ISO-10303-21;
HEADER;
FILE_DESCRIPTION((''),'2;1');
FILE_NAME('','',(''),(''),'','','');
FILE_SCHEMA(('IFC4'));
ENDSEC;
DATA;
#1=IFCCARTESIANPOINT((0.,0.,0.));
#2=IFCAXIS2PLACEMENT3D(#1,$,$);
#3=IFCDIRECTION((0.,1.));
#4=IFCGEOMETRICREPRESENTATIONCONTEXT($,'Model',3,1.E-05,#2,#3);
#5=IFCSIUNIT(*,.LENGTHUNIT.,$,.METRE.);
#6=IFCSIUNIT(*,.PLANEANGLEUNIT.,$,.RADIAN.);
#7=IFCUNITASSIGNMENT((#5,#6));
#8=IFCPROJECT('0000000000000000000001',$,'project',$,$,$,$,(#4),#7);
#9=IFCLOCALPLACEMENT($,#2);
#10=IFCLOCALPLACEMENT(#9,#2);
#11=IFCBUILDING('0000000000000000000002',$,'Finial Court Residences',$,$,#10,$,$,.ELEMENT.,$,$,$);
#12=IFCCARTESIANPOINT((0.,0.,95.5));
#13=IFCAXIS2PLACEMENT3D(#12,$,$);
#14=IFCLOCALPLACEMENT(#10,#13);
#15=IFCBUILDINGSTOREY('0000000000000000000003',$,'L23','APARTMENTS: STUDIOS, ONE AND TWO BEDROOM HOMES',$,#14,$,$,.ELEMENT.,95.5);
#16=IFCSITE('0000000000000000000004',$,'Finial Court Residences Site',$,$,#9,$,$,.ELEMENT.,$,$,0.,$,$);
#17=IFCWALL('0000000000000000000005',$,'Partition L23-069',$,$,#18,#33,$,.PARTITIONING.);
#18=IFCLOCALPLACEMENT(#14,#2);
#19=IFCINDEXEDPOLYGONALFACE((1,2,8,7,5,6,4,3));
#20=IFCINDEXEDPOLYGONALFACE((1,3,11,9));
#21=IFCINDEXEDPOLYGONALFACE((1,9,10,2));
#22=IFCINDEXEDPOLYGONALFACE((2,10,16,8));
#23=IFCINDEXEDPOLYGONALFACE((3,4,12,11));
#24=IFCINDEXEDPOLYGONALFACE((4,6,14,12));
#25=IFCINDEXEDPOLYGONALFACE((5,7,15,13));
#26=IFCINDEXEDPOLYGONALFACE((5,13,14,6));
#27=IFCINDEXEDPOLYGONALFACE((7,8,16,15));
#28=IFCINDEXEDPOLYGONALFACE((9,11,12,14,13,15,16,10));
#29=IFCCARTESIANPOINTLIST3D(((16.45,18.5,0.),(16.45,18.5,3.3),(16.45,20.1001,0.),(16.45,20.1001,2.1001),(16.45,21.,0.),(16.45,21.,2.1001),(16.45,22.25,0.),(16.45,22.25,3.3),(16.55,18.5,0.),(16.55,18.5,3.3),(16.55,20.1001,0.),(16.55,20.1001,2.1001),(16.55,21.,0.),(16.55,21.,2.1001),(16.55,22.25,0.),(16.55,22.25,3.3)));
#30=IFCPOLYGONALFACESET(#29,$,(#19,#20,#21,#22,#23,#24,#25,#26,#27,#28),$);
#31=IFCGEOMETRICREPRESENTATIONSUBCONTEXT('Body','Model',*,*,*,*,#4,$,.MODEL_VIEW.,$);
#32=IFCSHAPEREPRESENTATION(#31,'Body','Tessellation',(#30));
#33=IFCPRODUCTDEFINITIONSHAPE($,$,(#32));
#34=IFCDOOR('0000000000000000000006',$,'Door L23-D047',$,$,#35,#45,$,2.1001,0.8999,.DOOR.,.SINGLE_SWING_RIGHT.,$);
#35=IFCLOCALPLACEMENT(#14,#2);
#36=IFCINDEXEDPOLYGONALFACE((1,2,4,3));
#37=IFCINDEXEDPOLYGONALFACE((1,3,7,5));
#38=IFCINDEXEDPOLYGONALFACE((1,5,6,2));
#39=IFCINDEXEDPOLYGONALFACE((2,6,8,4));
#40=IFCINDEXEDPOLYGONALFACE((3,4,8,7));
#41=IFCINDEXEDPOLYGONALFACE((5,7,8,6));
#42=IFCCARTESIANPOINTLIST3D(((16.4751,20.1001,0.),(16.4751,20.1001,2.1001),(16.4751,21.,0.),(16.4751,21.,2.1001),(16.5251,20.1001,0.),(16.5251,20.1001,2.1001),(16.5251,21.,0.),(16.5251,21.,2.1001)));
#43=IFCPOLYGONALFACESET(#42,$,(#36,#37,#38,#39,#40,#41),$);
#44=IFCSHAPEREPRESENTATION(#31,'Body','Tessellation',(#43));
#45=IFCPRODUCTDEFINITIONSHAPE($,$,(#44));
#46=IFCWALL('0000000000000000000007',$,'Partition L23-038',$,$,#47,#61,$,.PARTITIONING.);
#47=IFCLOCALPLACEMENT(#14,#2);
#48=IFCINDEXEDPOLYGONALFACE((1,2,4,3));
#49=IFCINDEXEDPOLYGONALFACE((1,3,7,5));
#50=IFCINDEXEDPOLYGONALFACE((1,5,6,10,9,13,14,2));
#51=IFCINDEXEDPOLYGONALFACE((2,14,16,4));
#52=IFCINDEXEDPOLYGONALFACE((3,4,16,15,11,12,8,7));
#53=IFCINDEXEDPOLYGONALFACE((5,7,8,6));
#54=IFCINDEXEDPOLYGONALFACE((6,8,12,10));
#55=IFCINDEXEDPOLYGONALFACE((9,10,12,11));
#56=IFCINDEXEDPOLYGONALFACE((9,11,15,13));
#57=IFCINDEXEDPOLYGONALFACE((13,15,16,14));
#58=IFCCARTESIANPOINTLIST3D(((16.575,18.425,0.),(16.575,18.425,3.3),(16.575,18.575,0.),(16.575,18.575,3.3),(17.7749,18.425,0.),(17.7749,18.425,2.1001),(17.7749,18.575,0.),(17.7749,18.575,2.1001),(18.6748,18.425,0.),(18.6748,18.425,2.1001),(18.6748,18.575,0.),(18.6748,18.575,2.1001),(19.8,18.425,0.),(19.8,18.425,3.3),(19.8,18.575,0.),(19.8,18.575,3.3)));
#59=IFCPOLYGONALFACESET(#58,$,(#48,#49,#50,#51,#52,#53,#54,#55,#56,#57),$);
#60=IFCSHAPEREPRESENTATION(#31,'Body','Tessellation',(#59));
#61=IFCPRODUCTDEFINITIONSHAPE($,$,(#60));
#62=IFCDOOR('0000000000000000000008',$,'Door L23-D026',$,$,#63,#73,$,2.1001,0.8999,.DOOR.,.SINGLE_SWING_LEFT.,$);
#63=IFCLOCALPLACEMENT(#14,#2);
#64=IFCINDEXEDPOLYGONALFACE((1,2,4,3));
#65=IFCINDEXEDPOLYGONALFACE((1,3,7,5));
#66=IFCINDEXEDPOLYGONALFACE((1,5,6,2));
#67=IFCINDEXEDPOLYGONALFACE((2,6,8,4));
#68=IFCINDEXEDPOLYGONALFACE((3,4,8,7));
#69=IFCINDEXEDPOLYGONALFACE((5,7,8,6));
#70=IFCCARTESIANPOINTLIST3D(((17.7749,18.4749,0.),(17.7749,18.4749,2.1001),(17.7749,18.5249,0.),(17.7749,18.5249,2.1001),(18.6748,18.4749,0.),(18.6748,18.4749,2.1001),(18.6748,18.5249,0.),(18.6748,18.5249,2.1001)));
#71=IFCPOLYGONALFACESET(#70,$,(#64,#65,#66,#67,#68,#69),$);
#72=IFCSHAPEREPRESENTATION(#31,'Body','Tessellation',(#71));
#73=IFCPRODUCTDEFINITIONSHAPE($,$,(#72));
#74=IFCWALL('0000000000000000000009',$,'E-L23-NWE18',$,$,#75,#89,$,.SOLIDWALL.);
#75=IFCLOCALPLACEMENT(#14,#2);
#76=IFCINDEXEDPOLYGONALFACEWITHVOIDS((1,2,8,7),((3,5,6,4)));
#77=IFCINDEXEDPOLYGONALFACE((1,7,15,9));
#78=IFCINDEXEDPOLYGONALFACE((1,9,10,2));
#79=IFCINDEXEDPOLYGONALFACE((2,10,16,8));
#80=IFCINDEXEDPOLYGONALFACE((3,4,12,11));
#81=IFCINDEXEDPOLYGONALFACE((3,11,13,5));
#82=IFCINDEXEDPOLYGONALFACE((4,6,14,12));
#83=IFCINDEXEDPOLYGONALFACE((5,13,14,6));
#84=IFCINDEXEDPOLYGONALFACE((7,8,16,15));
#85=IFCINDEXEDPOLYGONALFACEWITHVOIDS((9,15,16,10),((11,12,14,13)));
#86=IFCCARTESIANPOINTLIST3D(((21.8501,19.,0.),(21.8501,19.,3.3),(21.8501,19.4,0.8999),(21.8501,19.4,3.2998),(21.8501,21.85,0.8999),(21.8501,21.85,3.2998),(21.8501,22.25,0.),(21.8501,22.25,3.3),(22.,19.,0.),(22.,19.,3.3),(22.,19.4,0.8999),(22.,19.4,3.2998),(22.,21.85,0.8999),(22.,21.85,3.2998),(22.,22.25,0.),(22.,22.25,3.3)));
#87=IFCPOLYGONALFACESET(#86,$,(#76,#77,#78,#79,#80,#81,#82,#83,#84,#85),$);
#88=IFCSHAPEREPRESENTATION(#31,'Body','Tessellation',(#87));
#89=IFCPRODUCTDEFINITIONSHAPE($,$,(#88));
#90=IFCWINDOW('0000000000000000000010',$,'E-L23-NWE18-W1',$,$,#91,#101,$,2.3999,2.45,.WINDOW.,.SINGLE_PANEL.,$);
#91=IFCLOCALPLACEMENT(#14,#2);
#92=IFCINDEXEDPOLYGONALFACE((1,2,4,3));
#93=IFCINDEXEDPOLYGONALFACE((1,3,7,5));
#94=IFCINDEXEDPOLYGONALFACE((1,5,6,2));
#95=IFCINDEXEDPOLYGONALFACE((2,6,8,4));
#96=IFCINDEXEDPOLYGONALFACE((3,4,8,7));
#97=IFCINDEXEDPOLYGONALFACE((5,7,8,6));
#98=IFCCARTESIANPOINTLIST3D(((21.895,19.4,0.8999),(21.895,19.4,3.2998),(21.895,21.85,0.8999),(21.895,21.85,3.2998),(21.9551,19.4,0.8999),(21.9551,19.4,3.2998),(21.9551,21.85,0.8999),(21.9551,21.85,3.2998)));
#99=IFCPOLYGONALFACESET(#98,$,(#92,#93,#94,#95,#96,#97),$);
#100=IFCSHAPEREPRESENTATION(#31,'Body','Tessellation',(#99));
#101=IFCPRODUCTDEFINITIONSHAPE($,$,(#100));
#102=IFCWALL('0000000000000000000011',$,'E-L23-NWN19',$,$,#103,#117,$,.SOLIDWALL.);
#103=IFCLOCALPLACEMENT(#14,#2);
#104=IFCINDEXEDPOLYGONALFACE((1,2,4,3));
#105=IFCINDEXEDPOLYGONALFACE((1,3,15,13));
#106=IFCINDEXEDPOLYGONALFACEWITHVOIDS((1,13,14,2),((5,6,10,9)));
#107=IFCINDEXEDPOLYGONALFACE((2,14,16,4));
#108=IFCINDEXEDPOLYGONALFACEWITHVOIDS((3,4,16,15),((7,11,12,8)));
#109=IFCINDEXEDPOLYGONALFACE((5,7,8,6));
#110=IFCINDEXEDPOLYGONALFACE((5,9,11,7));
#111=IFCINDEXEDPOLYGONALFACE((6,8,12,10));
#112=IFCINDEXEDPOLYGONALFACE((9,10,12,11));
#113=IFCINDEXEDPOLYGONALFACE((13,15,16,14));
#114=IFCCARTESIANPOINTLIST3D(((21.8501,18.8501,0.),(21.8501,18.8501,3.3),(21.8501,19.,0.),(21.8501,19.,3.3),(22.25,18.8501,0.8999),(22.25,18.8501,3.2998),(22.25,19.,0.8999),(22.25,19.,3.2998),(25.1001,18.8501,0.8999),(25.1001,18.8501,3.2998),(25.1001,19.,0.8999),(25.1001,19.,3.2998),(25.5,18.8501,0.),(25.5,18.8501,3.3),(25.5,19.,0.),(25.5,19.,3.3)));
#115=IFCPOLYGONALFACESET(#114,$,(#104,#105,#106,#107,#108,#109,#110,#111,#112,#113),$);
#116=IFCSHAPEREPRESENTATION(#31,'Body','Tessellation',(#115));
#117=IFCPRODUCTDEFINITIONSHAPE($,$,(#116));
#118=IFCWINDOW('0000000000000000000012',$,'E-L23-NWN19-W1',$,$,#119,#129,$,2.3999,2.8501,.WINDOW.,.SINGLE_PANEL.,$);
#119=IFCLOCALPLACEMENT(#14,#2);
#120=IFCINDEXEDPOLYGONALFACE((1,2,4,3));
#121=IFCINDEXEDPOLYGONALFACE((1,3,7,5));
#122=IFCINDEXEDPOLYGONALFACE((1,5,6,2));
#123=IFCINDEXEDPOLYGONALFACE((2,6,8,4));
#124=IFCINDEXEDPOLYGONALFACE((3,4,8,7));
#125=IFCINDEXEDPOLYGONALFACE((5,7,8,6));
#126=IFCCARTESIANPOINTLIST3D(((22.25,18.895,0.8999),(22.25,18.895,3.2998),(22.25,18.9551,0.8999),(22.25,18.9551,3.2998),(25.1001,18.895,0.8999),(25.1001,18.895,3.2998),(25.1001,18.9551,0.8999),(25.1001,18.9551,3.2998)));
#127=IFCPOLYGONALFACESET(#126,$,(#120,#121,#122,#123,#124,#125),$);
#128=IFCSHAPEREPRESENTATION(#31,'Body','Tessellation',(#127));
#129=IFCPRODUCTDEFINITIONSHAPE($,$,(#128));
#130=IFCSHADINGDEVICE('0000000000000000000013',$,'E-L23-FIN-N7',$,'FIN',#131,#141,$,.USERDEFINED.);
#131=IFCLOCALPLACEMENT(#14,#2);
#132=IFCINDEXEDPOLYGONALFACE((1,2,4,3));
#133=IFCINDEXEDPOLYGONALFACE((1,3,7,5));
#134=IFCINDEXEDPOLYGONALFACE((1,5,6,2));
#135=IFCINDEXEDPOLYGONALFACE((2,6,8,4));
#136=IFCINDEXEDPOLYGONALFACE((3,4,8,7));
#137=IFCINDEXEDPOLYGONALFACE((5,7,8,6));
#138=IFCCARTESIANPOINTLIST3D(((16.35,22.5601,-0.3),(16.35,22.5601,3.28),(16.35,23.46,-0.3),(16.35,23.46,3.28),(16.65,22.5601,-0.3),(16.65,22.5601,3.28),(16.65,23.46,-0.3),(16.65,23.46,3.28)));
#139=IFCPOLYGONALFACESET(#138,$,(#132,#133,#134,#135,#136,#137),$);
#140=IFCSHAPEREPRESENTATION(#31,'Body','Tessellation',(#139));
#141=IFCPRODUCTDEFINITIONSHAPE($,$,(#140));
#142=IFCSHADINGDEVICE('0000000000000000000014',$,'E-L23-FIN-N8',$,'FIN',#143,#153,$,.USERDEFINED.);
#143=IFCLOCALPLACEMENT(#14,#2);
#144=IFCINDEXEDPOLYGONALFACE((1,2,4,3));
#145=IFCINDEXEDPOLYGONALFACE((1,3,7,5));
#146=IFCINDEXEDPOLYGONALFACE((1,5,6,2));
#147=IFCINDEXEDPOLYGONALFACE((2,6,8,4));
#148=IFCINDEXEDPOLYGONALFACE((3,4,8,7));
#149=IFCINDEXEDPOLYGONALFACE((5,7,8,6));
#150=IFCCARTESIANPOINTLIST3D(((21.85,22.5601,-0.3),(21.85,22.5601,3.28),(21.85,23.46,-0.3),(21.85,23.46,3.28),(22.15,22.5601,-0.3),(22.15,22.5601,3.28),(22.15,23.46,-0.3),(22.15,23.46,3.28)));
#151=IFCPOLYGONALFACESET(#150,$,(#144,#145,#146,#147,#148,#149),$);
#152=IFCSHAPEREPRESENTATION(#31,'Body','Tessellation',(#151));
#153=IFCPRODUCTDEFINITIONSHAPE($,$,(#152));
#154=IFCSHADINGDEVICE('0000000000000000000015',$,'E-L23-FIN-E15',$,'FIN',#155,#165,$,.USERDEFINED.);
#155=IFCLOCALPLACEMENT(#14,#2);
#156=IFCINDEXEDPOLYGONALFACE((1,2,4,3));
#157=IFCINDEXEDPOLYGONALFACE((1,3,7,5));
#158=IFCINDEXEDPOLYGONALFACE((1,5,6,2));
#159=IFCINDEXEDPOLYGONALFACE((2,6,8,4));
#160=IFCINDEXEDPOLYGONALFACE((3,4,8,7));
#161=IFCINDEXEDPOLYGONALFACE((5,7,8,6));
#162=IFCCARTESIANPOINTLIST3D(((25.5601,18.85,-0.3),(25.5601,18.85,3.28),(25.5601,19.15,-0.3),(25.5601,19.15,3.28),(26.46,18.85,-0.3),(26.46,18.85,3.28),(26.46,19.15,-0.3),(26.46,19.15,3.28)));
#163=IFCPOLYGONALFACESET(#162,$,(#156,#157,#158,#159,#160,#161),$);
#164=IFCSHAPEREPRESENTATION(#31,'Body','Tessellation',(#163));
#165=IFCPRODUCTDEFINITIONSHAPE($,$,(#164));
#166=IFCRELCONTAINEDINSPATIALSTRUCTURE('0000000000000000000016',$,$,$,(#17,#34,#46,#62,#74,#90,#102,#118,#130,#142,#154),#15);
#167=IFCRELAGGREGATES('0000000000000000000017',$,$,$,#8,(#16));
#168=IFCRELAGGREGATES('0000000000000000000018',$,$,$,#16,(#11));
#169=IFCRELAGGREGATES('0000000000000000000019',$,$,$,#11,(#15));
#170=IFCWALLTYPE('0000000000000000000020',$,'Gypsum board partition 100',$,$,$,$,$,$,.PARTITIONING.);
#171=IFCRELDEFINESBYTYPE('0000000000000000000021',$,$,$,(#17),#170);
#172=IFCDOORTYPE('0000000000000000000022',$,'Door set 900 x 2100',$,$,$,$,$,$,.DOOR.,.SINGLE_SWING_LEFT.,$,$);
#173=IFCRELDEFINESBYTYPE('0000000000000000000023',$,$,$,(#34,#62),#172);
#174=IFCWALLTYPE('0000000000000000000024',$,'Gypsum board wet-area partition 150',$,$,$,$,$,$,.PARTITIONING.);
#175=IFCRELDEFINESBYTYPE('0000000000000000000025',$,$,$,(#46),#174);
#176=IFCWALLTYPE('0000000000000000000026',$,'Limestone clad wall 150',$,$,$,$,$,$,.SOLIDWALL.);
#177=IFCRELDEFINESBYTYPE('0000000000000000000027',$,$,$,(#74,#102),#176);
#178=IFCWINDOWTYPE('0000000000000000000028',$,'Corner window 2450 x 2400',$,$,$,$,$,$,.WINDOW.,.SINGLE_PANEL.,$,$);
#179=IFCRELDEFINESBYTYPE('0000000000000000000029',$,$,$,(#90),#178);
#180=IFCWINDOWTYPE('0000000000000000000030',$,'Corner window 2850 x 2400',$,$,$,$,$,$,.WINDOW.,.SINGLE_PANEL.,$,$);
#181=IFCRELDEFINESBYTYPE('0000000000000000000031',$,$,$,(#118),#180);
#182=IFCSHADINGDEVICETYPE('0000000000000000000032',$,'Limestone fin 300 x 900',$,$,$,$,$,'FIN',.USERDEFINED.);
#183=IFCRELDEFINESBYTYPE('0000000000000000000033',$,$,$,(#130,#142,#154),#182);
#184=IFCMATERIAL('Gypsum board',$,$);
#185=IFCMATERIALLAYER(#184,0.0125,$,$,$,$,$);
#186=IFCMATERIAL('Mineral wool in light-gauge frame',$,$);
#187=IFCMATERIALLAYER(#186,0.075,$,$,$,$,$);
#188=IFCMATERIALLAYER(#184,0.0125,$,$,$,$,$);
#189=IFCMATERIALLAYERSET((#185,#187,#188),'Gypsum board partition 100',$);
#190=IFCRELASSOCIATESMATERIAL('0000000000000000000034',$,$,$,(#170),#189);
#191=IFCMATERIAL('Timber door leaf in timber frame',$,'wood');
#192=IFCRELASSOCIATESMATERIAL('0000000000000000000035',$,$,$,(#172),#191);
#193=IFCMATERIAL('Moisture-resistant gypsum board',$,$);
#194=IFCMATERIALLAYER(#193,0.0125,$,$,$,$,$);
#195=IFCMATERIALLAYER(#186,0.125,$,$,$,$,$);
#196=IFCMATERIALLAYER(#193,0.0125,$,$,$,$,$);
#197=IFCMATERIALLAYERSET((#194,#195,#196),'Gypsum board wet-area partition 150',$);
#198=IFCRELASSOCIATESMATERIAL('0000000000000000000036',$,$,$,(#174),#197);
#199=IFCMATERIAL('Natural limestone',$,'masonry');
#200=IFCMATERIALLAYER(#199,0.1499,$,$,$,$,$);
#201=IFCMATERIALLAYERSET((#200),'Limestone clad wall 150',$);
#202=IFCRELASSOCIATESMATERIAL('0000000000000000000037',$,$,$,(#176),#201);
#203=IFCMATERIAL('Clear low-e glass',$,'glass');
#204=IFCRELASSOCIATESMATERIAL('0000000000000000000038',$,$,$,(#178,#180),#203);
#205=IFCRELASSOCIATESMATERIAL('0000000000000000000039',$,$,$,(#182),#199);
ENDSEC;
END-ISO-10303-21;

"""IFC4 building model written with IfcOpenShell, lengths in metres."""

from ifc_helpers import new_model, si_unit, direction, frame, frame_2d, origin, origin_2d, place, context, subcontext, project, spatial, rectangle, extrude, material, layer, layer_set, type_object, element, fill, save


model = new_model("IFC4")

# Units and contexts
model_context = context("Model", 3, precision=1e-05, world=origin(), true_north=direction((0.0, 1.0)))
body_context = subcontext(model_context, "Body", "Model", "MODEL_VIEW")
ifc_project = project(units=[si_unit("LENGTHUNIT", "METRE"), si_unit("PLANEANGLEUNIT", "RADIAN")], contexts=[model_context])

# Site, building, storey
site_placement = place(None, origin())
site = spatial("IfcSite", under=ifc_project, at=site_placement, Name="Finial Court Residences Site", CompositionType="ELEMENT", RefElevation=0.0)
building_placement = place(site_placement, origin())
building = spatial("IfcBuilding", under=site, at=building_placement, Name="Finial Court Residences", CompositionType="ELEMENT")
storey_placement = place(building_placement, frame((0.0, 0.0, 95.5)))
storey = spatial("IfcBuildingStorey", under=building, at=storey_placement, Name="L23", Description="APARTMENTS: STUDIOS, ONE AND TWO BEDROOM HOMES", CompositionType="ELEMENT", Elevation=95.5)

# Shared definitions
ifc_material_1 = material(Name="Clear low-e glass", Category="glass")

# Walls, openings, doors
ifc_material_2 = material(Name="Gypsum board")
ifc_layer_1 = layer(ifc_material_2, 0.0125)
ifc_material_3 = material(Name="Mineral wool in light-gauge frame")
ifc_layer_2 = layer(ifc_material_3, 0.075)
ifc_layer_3 = layer(ifc_material_2, 0.0125)
ifc_layer_set_1 = layer_set([ifc_layer_1, ifc_layer_2, ifc_layer_3], Name="Gypsum board partition 100")
wall_type_1 = type_object("IfcWallType", Name="Gypsum board partition 100", PredefinedType="PARTITIONING", material=ifc_layer_set_1)
ifc_material_4 = material(Name="Timber door leaf in timber frame", Category="wood")
door_type = type_object("IfcDoorType", Name="Door set 900 x 2100", OperationType="SINGLE_SWING_LEFT", PredefinedType="DOOR", material=ifc_material_4)
wall_1_placement = place(storey_placement, frame((16.5, 18.5, 0.0), z_axis=(0.0, 0.0, 1.0), x_axis=(0.0, 1.0, 0.0)))
wall_1 = element("IfcWall", 1, at=wall_1_placement, inside=storey, type_object=wall_type_1, Name="Partition L23-069", PredefinedType="PARTITIONING", context=body_context, shape_type="SweptSolid", body=[
    extrude(rectangle(XDim=3.75, YDim=0.1001, at=frame_2d((1.875, 0.0))), origin(), (0.0, 0.0, 1.0), 3.3),
])
opening_1_placement = place(wall_1_placement, frame((1.6001, 0.0, 0.0)))
opening_1 = element("IfcOpeningElement", 2, at=opening_1_placement, cuts=wall_1, PredefinedType="OPENING", context=body_context, shape_type="SweptSolid", body=[
    extrude(rectangle(XDim=0.8999, YDim=2.1001, at=frame_2d((0.45, 1.05))), frame((0.0, 0.0601, 0.0), z_axis=(0.0, -1.0, 0.0), x_axis=(1.0, 0.0, 0.0)), (0.0, 0.0, 1.0), 0.1201),
])
door_1_placement = place(opening_1_placement, origin())
door_1 = element("IfcDoor", 3, at=door_1_placement, inside=storey, type_object=door_type, Name="Door L23-D047", OperationType="SINGLE_SWING_RIGHT", OverallHeight=2.1001, OverallWidth=0.8999, PredefinedType="DOOR", context=body_context, shape_type="SweptSolid", body=[
    extrude(rectangle(XDim=0.8999, YDim=2.1001, at=frame_2d((0.45, 1.05))), frame((0.0, 0.0249, 0.0), z_axis=(0.0, -1.0, 0.0), x_axis=(1.0, 0.0, 0.0)), (0.0, 0.0, 1.0), 0.05),
])
fill(opening_1, door_1)
ifc_material_5 = material(Name="Moisture-resistant gypsum board")
ifc_layer_4 = layer(ifc_material_5, 0.0125)
ifc_layer_5 = layer(ifc_material_3, 0.125)
ifc_layer_6 = layer(ifc_material_5, 0.0125)
ifc_layer_set_2 = layer_set([ifc_layer_4, ifc_layer_5, ifc_layer_6], Name="Gypsum board wet-area partition 150")
wall_type_2 = type_object("IfcWallType", Name="Gypsum board wet-area partition 150", PredefinedType="PARTITIONING", material=ifc_layer_set_2)
wall_2_placement = place(storey_placement, frame((16.575, 18.5, 0.0), z_axis=(0.0, 0.0, 1.0), x_axis=(1.0, 0.0, 0.0)))
wall_2 = element("IfcWall", 4, at=wall_2_placement, inside=storey, type_object=wall_type_2, Name="Partition L23-038", PredefinedType="PARTITIONING", context=body_context, shape_type="SweptSolid", body=[
    extrude(rectangle(XDim=3.2251, YDim=0.1499, at=frame_2d((1.6125, 0.0))), origin(), (0.0, 0.0, 1.0), 3.3),
])
opening_2_placement = place(wall_2_placement, frame((1.2, 0.0, 0.0)))
opening_2 = element("IfcOpeningElement", 5, at=opening_2_placement, cuts=wall_2, PredefinedType="OPENING", context=body_context, shape_type="SweptSolid", body=[
    extrude(rectangle(XDim=0.8999, YDim=2.1001, at=frame_2d((0.45, 1.05))), frame((0.0, 0.085, 0.0), z_axis=(0.0, -1.0, 0.0), x_axis=(1.0, 0.0, 0.0)), (0.0, 0.0, 1.0), 0.1699),
])
door_2_placement = place(opening_2_placement, origin())
door_2 = element("IfcDoor", 6, at=door_2_placement, inside=storey, type_object=door_type, Name="Door L23-D026", OperationType="SINGLE_SWING_LEFT", OverallHeight=2.1001, OverallWidth=0.8999, PredefinedType="DOOR", context=body_context, shape_type="SweptSolid", body=[
    extrude(rectangle(XDim=0.8999, YDim=2.1001, at=frame_2d((0.45, 1.05))), frame((0.0, 0.0249, 0.0), z_axis=(0.0, -1.0, 0.0), x_axis=(1.0, 0.0, 0.0)), (0.0, 0.0, 1.0), 0.05),
])
fill(opening_2, door_2)

# Walls, openings, windows
ifc_material_6 = material(Name="Natural limestone", Category="masonry")
ifc_layer_7 = layer(ifc_material_6, 0.1499)
ifc_layer_set_3 = layer_set([ifc_layer_7], Name="Limestone clad wall 150")
wall_type_3 = type_object("IfcWallType", Name="Limestone clad wall 150", PredefinedType="SOLIDWALL", material=ifc_layer_set_3)
wall_3_placement = place(storey_placement, frame((21.925, 22.25, 0.0), z_axis=(0.0, 0.0, 1.0), x_axis=(0.0, -1.0, 0.0)))
wall_3 = element("IfcWall", 7, at=wall_3_placement, inside=storey, type_object=wall_type_3, Name="E-L23-NWE18", PredefinedType="SOLIDWALL", context=body_context, shape_type="SweptSolid", body=[
    extrude(rectangle(XDim=3.25, YDim=0.1499, at=frame_2d((1.625, 0.0))), origin(), (0.0, 0.0, 1.0), 3.3),
])
opening_3_placement = place(wall_3_placement, frame((0.3999, 0.0, 0.8999)))
opening_3 = element("IfcOpeningElement", 8, at=opening_3_placement, cuts=wall_3, PredefinedType="OPENING", context=body_context, shape_type="SweptSolid", body=[
    extrude(rectangle(XDim=2.45, YDim=2.3999, at=frame_2d((1.2251, 1.2))), frame((0.0, 0.085, 0.0), z_axis=(0.0, -1.0, 0.0), x_axis=(1.0, 0.0, 0.0)), (0.0, 0.0, 1.0), 0.1699),
])
window_type_1 = type_object("IfcWindowType", Name="Corner window 2450 x 2400", PartitioningType="SINGLE_PANEL", PredefinedType="WINDOW", material=ifc_material_1)
window_1_placement = place(opening_3_placement, origin())
window_1 = element("IfcWindow", 9, at=window_1_placement, inside=storey, type_object=window_type_1, Name="E-L23-NWE18-W1", OverallHeight=2.3999, OverallWidth=2.45, PartitioningType="SINGLE_PANEL", PredefinedType="WINDOW", context=body_context, shape_type="SweptSolid", body=[
    extrude(rectangle(XDim=2.45, YDim=2.3999, at=frame_2d((1.2251, 1.2))), frame((0.0, 0.03, 0.0), z_axis=(0.0, -1.0, 0.0), x_axis=(1.0, 0.0, 0.0)), (0.0, 0.0, 1.0), 0.0601),
])
fill(opening_3, window_1)
wall_4_placement = place(storey_placement, frame((21.8501, 18.925, 0.0), z_axis=(0.0, 0.0, 1.0), x_axis=(1.0, 0.0, 0.0)))
wall_4 = element("IfcWall", 10, at=wall_4_placement, inside=storey, type_object=wall_type_3, Name="E-L23-NWN19", PredefinedType="SOLIDWALL", context=body_context, shape_type="SweptSolid", body=[
    extrude(rectangle(XDim=3.6499, YDim=0.1499, at=frame_2d((1.825, 0.0))), origin(), (0.0, 0.0, 1.0), 3.3),
])
opening_4_placement = place(wall_4_placement, frame((0.3999, 0.0, 0.8999)))
opening_4 = element("IfcOpeningElement", 11, at=opening_4_placement, cuts=wall_4, PredefinedType="OPENING", context=body_context, shape_type="SweptSolid", body=[
    extrude(rectangle(XDim=2.8501, YDim=2.3999, at=frame_2d((1.425, 1.2))), frame((0.0, 0.085, 0.0), z_axis=(0.0, -1.0, 0.0), x_axis=(1.0, 0.0, 0.0)), (0.0, 0.0, 1.0), 0.1699),
])
window_type_2 = type_object("IfcWindowType", Name="Corner window 2850 x 2400", PartitioningType="SINGLE_PANEL", PredefinedType="WINDOW", material=ifc_material_1)
window_2_placement = place(opening_4_placement, origin())
window_2 = element("IfcWindow", 12, at=window_2_placement, inside=storey, type_object=window_type_2, Name="E-L23-NWN19-W1", OverallHeight=2.3999, OverallWidth=2.8501, PartitioningType="SINGLE_PANEL", PredefinedType="WINDOW", context=body_context, shape_type="SweptSolid", body=[
    extrude(rectangle(XDim=2.8501, YDim=2.3999, at=frame_2d((1.425, 1.2))), frame((0.0, 0.03, 0.0), z_axis=(0.0, -1.0, 0.0), x_axis=(1.0, 0.0, 0.0)), (0.0, 0.0, 1.0), 0.0601),
])
fill(opening_4, window_2)

# Shading devices
shading_device_type = type_object("IfcShadingDeviceType", Name="Limestone fin 300 x 900", ElementType="FIN", PredefinedType="USERDEFINED", material=ifc_material_6)
for number, where, z_axis, x_axis, name in (
    (13, (16.5, 23.01, -0.3), (0.0, 0.0, 1.0), (1.0, 0.0, 0.0), "E-L23-FIN-N7"),
    (14, (22.0, 23.01, -0.3), (0.0, 0.0, 1.0), (1.0, 0.0, 0.0), "E-L23-FIN-N8"),
):
    element("IfcShadingDevice", number, at=place(storey_placement, frame(where, z_axis=z_axis, x_axis=x_axis)), inside=storey, type_object=shading_device_type, Name=name, ObjectType="FIN", PredefinedType="USERDEFINED", context=body_context, shape_type="SweptSolid", body=[
        extrude(rectangle(XDim=0.3, YDim=0.8999, at=origin_2d()), origin(), (0.0, 0.0, 1.0), 3.5801),
    ])
shading_device_placement = place(storey_placement, frame((26.01, 19.0, -0.3), z_axis=(0.0, 0.0, 1.0), x_axis=(1.0, 0.0, 0.0)))
element("IfcShadingDevice", 15, at=shading_device_placement, inside=storey, type_object=shading_device_type, Name="E-L23-FIN-E15", ObjectType="FIN", PredefinedType="USERDEFINED", context=body_context, shape_type="SweptSolid", body=[
    extrude(rectangle(XDim=0.8999, YDim=0.3, at=origin_2d()), origin(), (0.0, 0.0, 1.0), 3.5801),
])

save(model, "model.ifc")
